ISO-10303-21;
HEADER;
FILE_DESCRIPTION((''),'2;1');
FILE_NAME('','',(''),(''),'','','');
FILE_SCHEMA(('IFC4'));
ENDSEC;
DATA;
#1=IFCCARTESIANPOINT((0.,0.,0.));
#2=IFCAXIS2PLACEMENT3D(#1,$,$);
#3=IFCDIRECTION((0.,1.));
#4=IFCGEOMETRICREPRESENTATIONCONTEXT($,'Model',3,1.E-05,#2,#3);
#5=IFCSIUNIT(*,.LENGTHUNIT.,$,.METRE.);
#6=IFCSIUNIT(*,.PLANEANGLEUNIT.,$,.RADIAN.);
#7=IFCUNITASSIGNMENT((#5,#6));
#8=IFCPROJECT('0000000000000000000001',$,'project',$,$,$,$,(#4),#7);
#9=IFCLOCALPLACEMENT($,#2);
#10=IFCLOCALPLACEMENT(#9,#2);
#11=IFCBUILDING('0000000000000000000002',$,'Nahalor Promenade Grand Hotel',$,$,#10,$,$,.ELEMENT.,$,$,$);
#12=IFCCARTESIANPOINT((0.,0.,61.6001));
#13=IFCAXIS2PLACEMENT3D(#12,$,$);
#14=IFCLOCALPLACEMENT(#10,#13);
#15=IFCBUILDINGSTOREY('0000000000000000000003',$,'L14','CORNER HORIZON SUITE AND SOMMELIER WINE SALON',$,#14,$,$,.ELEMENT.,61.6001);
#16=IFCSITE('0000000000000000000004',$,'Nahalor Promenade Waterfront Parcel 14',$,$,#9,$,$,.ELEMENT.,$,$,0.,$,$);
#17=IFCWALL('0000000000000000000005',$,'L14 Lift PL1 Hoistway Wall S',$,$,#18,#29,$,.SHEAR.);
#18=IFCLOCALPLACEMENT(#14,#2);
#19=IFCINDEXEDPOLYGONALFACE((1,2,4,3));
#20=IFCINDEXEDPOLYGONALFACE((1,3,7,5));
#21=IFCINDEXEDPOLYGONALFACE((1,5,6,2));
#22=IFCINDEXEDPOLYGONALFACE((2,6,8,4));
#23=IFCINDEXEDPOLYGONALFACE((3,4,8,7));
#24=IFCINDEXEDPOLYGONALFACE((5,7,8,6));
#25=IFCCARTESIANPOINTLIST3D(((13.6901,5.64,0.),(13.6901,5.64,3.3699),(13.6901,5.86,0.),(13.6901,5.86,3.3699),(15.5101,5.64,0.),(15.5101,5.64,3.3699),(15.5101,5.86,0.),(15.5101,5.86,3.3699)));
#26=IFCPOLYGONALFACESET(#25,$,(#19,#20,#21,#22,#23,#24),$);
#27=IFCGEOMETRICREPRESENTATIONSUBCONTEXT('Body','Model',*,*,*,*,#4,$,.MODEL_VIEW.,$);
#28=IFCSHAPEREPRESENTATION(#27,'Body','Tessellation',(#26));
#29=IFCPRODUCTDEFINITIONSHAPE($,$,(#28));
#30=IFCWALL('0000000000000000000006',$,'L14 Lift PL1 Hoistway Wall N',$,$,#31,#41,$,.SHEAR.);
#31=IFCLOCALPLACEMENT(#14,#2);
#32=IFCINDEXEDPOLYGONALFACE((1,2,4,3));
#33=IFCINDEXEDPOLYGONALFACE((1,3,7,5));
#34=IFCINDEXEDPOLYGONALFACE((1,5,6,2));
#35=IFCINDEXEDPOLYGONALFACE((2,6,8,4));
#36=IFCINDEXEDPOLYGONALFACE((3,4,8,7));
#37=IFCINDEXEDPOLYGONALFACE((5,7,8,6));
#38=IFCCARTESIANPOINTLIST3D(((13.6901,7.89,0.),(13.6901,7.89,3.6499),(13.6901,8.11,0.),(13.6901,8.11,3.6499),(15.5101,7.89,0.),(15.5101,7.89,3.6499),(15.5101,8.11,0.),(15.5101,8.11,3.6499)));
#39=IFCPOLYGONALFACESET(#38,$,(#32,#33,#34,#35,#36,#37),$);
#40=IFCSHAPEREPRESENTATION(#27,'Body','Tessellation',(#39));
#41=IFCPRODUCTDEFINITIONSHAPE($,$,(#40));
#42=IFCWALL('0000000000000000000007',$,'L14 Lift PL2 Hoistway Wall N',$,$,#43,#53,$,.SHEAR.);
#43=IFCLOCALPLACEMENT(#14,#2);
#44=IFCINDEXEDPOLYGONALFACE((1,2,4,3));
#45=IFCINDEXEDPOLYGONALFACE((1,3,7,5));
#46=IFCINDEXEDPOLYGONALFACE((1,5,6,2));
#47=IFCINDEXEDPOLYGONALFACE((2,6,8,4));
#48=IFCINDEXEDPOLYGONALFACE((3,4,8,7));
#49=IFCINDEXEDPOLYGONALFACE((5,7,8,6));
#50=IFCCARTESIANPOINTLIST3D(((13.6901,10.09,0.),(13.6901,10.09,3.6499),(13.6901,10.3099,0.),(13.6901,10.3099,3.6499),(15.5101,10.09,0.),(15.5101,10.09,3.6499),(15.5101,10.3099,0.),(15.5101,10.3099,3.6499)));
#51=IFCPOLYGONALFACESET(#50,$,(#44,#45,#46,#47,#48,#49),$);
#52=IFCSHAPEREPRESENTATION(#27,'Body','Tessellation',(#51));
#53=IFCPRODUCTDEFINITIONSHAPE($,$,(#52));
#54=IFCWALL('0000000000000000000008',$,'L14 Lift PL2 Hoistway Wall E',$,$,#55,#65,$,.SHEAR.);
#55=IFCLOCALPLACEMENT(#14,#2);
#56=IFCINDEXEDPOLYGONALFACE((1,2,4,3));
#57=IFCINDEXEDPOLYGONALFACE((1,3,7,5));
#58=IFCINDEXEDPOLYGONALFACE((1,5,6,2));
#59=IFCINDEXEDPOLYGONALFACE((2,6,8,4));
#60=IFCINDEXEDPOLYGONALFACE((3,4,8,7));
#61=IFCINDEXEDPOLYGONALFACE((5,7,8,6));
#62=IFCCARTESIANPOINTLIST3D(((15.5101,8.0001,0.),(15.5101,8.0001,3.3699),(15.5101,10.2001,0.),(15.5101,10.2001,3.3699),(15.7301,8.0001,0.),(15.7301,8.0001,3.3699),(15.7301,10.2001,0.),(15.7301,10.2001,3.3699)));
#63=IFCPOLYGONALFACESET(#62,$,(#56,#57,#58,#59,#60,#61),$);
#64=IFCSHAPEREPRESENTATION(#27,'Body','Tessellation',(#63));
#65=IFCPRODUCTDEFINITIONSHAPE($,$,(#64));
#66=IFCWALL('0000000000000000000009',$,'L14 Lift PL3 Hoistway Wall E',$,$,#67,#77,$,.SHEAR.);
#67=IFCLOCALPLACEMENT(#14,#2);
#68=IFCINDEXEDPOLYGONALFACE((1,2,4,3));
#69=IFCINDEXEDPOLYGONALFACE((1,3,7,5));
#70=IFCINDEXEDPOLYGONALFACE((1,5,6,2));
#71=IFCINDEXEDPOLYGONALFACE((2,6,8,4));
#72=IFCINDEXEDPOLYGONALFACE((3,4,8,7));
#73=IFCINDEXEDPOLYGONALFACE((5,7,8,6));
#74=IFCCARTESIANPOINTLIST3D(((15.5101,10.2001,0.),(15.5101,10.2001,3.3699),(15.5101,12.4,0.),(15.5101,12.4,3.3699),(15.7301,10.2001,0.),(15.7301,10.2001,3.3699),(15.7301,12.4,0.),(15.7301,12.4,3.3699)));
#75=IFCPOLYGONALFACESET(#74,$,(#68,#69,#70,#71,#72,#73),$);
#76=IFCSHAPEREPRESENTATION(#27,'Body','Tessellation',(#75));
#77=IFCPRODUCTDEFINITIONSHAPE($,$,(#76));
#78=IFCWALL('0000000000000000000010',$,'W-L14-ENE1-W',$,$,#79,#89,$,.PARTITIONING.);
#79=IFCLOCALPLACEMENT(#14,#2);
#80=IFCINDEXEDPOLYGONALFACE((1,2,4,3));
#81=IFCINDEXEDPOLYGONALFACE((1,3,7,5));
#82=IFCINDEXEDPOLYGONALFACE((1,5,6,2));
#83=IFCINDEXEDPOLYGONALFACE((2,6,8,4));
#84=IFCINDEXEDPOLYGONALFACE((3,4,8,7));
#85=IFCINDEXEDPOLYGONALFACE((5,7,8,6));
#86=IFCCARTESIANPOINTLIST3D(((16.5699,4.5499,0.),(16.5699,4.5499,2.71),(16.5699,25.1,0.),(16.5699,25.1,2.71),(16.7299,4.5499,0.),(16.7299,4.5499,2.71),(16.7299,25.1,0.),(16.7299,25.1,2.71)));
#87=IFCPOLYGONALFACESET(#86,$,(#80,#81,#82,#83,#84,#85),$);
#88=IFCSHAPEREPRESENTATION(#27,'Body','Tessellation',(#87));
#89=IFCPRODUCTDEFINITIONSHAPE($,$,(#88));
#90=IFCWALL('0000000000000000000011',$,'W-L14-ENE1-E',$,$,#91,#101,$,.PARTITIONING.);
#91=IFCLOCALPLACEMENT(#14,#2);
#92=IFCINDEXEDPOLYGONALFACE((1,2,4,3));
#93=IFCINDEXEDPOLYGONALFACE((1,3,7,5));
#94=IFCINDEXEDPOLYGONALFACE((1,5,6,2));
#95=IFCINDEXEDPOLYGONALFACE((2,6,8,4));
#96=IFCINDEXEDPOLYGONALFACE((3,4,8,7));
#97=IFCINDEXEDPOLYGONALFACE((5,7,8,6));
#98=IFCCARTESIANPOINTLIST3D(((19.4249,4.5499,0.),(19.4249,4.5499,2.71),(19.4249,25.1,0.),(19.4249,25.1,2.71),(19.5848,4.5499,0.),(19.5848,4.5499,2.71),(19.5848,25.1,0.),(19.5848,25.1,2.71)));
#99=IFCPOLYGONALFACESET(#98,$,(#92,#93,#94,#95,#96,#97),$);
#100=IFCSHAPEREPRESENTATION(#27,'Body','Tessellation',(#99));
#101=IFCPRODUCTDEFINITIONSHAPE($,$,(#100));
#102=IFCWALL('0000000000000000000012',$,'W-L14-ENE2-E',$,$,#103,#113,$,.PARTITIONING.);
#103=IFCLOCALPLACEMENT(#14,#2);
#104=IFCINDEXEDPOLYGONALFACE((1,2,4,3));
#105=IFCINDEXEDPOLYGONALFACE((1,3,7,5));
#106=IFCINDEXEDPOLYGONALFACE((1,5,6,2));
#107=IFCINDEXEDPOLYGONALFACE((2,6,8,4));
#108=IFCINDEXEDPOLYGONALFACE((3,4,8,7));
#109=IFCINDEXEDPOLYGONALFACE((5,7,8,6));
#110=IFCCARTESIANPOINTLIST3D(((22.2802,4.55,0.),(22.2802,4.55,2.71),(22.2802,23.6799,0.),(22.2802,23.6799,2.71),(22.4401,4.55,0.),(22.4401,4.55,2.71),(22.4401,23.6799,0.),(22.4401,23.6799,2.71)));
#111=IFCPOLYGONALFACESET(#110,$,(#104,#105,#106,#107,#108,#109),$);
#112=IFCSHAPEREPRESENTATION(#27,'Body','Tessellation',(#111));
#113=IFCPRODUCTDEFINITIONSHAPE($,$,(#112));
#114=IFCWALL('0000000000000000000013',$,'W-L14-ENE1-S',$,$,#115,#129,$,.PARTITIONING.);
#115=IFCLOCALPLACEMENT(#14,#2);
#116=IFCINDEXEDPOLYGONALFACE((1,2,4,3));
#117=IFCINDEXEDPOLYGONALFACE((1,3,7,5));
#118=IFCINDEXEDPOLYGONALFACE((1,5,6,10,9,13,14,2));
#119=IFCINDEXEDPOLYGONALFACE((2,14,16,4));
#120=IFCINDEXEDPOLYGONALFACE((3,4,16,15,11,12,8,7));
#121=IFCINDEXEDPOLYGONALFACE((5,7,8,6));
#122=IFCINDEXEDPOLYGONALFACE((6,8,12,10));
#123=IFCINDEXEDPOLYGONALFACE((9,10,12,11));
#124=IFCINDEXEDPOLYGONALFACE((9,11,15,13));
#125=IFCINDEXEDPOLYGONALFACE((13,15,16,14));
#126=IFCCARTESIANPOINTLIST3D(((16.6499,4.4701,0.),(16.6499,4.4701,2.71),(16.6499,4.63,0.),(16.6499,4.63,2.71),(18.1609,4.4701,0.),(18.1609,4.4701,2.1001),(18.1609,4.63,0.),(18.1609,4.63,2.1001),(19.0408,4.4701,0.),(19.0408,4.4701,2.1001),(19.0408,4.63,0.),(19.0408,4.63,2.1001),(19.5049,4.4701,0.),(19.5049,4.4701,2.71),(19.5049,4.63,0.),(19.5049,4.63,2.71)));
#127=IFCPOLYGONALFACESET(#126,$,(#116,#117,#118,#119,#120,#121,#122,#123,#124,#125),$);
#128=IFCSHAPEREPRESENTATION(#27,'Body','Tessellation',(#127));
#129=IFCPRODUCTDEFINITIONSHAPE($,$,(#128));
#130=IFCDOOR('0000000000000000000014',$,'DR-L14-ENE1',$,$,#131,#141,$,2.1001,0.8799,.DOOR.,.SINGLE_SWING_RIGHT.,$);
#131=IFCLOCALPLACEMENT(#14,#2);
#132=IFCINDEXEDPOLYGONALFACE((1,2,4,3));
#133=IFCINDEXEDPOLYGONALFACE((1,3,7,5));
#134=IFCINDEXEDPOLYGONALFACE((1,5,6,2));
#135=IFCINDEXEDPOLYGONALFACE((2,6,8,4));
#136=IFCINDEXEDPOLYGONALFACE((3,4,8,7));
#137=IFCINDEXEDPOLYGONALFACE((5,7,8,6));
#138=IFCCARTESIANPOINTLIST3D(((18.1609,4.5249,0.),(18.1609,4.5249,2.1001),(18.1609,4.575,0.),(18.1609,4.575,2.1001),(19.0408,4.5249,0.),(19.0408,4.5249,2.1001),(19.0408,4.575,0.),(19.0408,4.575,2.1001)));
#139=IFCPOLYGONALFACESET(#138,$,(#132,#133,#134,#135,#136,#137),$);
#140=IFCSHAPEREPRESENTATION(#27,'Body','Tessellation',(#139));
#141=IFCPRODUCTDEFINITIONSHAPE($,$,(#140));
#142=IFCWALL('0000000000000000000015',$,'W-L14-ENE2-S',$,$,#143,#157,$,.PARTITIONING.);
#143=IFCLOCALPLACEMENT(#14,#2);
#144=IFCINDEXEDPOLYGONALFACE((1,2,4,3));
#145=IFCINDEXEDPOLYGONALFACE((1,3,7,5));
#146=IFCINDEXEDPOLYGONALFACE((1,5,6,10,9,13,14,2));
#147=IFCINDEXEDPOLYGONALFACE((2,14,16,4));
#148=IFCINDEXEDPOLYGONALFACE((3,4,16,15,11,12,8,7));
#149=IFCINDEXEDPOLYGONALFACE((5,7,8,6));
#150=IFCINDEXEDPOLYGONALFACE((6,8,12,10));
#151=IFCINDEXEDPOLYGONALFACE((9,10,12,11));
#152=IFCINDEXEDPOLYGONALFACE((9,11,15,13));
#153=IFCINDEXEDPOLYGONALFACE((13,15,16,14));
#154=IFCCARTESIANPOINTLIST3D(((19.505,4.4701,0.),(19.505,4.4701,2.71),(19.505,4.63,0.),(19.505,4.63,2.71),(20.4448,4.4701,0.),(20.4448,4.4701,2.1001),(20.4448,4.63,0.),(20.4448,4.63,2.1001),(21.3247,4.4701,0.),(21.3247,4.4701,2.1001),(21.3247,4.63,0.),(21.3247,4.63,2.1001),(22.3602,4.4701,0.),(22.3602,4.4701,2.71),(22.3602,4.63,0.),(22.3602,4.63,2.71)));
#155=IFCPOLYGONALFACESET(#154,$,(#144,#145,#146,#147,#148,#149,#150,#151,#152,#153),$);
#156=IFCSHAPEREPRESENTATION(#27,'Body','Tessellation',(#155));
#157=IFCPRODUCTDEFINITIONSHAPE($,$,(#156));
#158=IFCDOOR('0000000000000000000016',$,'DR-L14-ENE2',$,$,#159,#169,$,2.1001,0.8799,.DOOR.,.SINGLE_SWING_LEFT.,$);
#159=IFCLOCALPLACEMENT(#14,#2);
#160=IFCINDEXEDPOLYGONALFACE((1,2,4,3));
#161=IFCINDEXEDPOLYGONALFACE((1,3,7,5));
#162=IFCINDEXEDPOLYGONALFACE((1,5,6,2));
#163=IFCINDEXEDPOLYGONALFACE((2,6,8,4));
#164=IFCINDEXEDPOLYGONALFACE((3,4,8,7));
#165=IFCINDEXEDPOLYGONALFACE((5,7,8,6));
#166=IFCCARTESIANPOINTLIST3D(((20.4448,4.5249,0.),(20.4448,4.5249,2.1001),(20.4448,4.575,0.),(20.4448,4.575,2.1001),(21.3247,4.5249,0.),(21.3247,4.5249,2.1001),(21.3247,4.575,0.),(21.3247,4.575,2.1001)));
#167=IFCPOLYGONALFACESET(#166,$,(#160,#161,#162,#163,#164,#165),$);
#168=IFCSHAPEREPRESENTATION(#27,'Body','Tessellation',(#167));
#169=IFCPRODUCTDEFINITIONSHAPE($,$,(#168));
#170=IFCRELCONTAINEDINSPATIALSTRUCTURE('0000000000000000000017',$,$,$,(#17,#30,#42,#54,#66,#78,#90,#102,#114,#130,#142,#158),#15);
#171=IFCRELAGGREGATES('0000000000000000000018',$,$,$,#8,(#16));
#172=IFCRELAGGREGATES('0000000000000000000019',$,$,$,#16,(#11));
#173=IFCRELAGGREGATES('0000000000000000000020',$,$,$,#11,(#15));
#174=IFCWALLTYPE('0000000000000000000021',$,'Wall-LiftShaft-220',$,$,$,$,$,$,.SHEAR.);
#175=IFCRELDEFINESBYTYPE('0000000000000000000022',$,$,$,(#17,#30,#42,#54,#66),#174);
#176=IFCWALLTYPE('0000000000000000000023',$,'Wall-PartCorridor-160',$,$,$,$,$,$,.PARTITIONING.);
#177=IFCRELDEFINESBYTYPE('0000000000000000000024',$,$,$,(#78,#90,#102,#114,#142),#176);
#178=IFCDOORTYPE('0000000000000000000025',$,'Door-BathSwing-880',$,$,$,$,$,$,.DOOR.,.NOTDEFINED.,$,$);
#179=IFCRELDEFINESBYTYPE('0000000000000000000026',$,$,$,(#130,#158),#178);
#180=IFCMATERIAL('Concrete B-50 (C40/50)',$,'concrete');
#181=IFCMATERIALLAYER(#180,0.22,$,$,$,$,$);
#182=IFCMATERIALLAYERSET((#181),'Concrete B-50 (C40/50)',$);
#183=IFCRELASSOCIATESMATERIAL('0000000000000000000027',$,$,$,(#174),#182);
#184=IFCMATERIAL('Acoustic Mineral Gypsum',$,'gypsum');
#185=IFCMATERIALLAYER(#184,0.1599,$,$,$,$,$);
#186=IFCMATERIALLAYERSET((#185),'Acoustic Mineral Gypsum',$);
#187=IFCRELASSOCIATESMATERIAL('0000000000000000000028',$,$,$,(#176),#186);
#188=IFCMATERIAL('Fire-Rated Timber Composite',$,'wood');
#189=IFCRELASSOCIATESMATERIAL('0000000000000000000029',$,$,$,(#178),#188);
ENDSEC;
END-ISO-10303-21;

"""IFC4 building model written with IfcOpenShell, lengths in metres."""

from ifc_helpers import new_model, si_unit, direction, frame, frame_2d, origin, place, context, subcontext, project, spatial, rectangle, extrude, source, transform, mapped, material, layer, layer_set, type_object, element, fill, save


model = new_model("IFC4")

# Units and contexts
model_context = context("Model", 3, precision=1e-05, world=origin(), true_north=direction((0.0, 1.0)))
body_context = subcontext(model_context, "Body", "Model", "MODEL_VIEW")
ifc_project = project(units=[si_unit("LENGTHUNIT", "METRE"), si_unit("PLANEANGLEUNIT", "RADIAN")], contexts=[model_context])

# Site, building, storey
site_placement = place(None, origin())
site = spatial("IfcSite", under=ifc_project, at=site_placement, Name="Nahalor Promenade Waterfront Parcel 14", CompositionType="ELEMENT", RefElevation=0.0)
building_placement = place(site_placement, origin())
building = spatial("IfcBuilding", under=site, at=building_placement, Name="Nahalor Promenade Grand Hotel", CompositionType="ELEMENT")
storey_placement = place(building_placement, frame((0.0, 0.0, 61.6001)))
storey = spatial("IfcBuildingStorey", under=building, at=storey_placement, Name="L14", Description="CORNER HORIZON SUITE AND SOMMELIER WINE SALON", CompositionType="ELEMENT", Elevation=61.6001)

# Walls
ifc_material_1 = material(Name="Concrete B-50 (C40/50)", Category="concrete")
ifc_layer_1 = layer(ifc_material_1, 0.22)
ifc_layer_set_1 = layer_set([ifc_layer_1], Name="Concrete B-50 (C40/50)")
wall_type_1 = type_object("IfcWallType", Name="Wall-LiftShaft-220", PredefinedType="SHEAR", material=ifc_layer_set_1)
shared_shape_1 = source(origin(), body_context, "Body", "SweptSolid", [
    extrude(rectangle(XDim=1.8201, YDim=0.22, at=frame_2d((0.9102, 0.0))), origin(), (0.0, 0.0, 1.0), 3.3699),
])
wall_1_placement = place(storey_placement, frame((13.6899, 5.75, 0.0), z_axis=(0.0, 0.0, 1.0), x_axis=(1.0, 0.0, 0.0)))
element("IfcWall", 1, at=wall_1_placement, inside=storey, type_object=wall_type_1, Name="L14 Lift PL1 Hoistway Wall S", PredefinedType="SHEAR", context=body_context, shape_type="MappedRepresentation", body=[
    mapped(shared_shape_1, transform((0.0, 0.0, 0.0), scale=1.0)),
])
shared_shape_2 = source(origin(), body_context, "Body", "SweptSolid", [
    extrude(rectangle(XDim=1.8201, YDim=0.22, at=frame_2d((0.9102, 0.0))), origin(), (0.0, 0.0, 1.0), 3.6499),
])
for number, where, z_axis, x_axis, name in (
    (2, (13.6899, 8.0, 0.0), (0.0, 0.0, 1.0), (1.0, 0.0, 0.0), "L14 Lift PL1 Hoistway Wall N"),
    (3, (13.6899, 10.2, 0.0), (0.0, 0.0, 1.0), (1.0, 0.0, 0.0), "L14 Lift PL2 Hoistway Wall N"),
):
    element("IfcWall", number, at=place(storey_placement, frame(where, z_axis=z_axis, x_axis=x_axis)), inside=storey, type_object=wall_type_1, Name=name, PredefinedType="SHEAR", context=body_context, shape_type="MappedRepresentation", body=[
        mapped(shared_shape_2, transform((0.0, 0.0, 0.0), scale=1.0)),
    ])
shared_shape_3 = source(origin(), body_context, "Body", "SweptSolid", [
    extrude(rectangle(XDim=2.2, YDim=0.22, at=frame_2d((1.1001, 0.0))), origin(), (0.0, 0.0, 1.0), 3.3699),
])
for number, where, z_axis, x_axis, name in (
    (4, (15.6201, 8.0, 0.0), (0.0, 0.0, 1.0), (0.0, 1.0, 0.0), "L14 Lift PL2 Hoistway Wall E"),
    (5, (15.6201, 10.2, 0.0), (0.0, 0.0, 1.0), (0.0, 1.0, 0.0), "L14 Lift PL3 Hoistway Wall E"),
):
    element("IfcWall", number, at=place(storey_placement, frame(where, z_axis=z_axis, x_axis=x_axis)), inside=storey, type_object=wall_type_1, Name=name, PredefinedType="SHEAR", context=body_context, shape_type="MappedRepresentation", body=[
        mapped(shared_shape_3, transform((0.0, 0.0, 0.0), scale=1.0)),
    ])
ifc_material_2 = material(Name="Acoustic Mineral Gypsum", Category="gypsum")
ifc_layer_2 = layer(ifc_material_2, 0.1599)
ifc_layer_set_2 = layer_set([ifc_layer_2], Name="Acoustic Mineral Gypsum")
wall_type_2 = type_object("IfcWallType", Name="Wall-PartCorridor-160", PredefinedType="PARTITIONING", material=ifc_layer_set_2)
shared_shape_4 = source(origin(), body_context, "Body", "SweptSolid", [
    extrude(rectangle(XDim=20.55, YDim=0.1599, at=frame_2d((10.2749, 0.0))), origin(), (0.0, 0.0, 1.0), 2.71),
])
for number, where, z_axis, x_axis, name in (
    (6, (16.6499, 4.55, 0.0), (0.0, 0.0, 1.0), (0.0, 1.0, 0.0), "W-L14-ENE1-W"),
    (7, (19.5049, 4.55, 0.0), (0.0, 0.0, 1.0), (0.0, 1.0, 0.0), "W-L14-ENE1-E"),
):
    element("IfcWall", number, at=place(storey_placement, frame(where, z_axis=z_axis, x_axis=x_axis)), inside=storey, type_object=wall_type_2, Name=name, PredefinedType="PARTITIONING", context=body_context, shape_type="MappedRepresentation", body=[
        mapped(shared_shape_4, transform((0.0, 0.0, 0.0), scale=1.0)),
    ])
shared_shape_5 = source(origin(), body_context, "Body", "SweptSolid", [
    extrude(rectangle(XDim=19.1299, YDim=0.1599, at=frame_2d((9.5649, 0.0))), origin(), (0.0, 0.0, 1.0), 2.71),
])
wall_2_placement = place(storey_placement, frame((22.3601, 4.55, 0.0), z_axis=(0.0, 0.0, 1.0), x_axis=(0.0, 1.0, 0.0)))
element("IfcWall", 8, at=wall_2_placement, inside=storey, type_object=wall_type_2, Name="W-L14-ENE2-E", PredefinedType="PARTITIONING", context=body_context, shape_type="MappedRepresentation", body=[
    mapped(shared_shape_5, transform((0.0, 0.0, 0.0), scale=1.0)),
])

# Walls, openings, doors
shared_shape_6 = source(origin(), body_context, "Body", "SweptSolid", [
    extrude(rectangle(XDim=2.855, YDim=0.1599, at=frame_2d((1.4275, 0.0))), origin(), (0.0, 0.0, 1.0), 2.71),
])
wall_3_placement = place(storey_placement, frame((16.6499, 4.55, 0.0), z_axis=(0.0, 0.0, 1.0), x_axis=(1.0, 0.0, 0.0)))
wall_3 = element("IfcWall", 9, at=wall_3_placement, inside=storey, type_object=wall_type_2, Name="W-L14-ENE1-S", PredefinedType="PARTITIONING", context=body_context, shape_type="MappedRepresentation", body=[
    mapped(shared_shape_6, transform((0.0, 0.0, 0.0), scale=1.0)),
])
opening_1_placement = place(wall_3_placement, frame((1.511, 0.0, 0.0)))
opening_1 = element("IfcOpeningElement", 10, at=opening_1_placement, cuts=wall_3, PredefinedType="OPENING", context=body_context, shape_type="SweptSolid", body=[
    extrude(rectangle(XDim=0.8799, YDim=2.1001, at=frame_2d((0.4399, 1.05))), frame((0.0, 0.0898, 0.0), z_axis=(0.0, -1.0, 0.0), x_axis=(1.0, 0.0, 0.0)), (0.0, 0.0, 1.0), 0.1799),
])
ifc_material_3 = material(Name="Fire-Rated Timber Composite", Category="wood")
door_type = type_object("IfcDoorType", Name="Door-BathSwing-880", OperationType="NOTDEFINED", PredefinedType="DOOR", material=ifc_material_3)
shared_shape_7 = source(origin(), body_context, "Body", "SweptSolid", [
    extrude(rectangle(XDim=0.8799, YDim=2.1001, at=frame_2d((0.4399, 1.05))), frame((0.0, 0.0249, 0.0), z_axis=(0.0, -1.0, 0.0), x_axis=(1.0, 0.0, 0.0)), (0.0, 0.0, 1.0), 0.05),
])
door_1_placement = place(opening_1_placement, origin())
door_1 = element("IfcDoor", 11, at=door_1_placement, inside=storey, type_object=door_type, Name="DR-L14-ENE1", OperationType="SINGLE_SWING_RIGHT", OverallHeight=2.1001, OverallWidth=0.8799, PredefinedType="DOOR", context=body_context, shape_type="MappedRepresentation", body=[
    mapped(shared_shape_7, transform((0.0, 0.0, 0.0), scale=1.0)),
])
fill(opening_1, door_1)
shared_shape_8 = source(origin(), body_context, "Body", "SweptSolid", [
    extrude(rectangle(XDim=2.8552, YDim=0.1599, at=frame_2d((1.4277, 0.0))), origin(), (0.0, 0.0, 1.0), 2.71),
])
wall_4_placement = place(storey_placement, frame((19.5049, 4.55, 0.0), z_axis=(0.0, 0.0, 1.0), x_axis=(1.0, 0.0, 0.0)))
wall_4 = element("IfcWall", 12, at=wall_4_placement, inside=storey, type_object=wall_type_2, Name="W-L14-ENE2-S", PredefinedType="PARTITIONING", context=body_context, shape_type="MappedRepresentation", body=[
    mapped(shared_shape_8, transform((0.0, 0.0, 0.0), scale=1.0)),
])
opening_2_placement = place(wall_4_placement, frame((0.9399, 0.0, 0.0)))
opening_2 = element("IfcOpeningElement", 13, at=opening_2_placement, cuts=wall_4, PredefinedType="OPENING", context=body_context, shape_type="SweptSolid", body=[
    extrude(rectangle(XDim=0.8799, YDim=2.1001, at=frame_2d((0.4399, 1.05))), frame((0.0, 0.0898, 0.0), z_axis=(0.0, -1.0, 0.0), x_axis=(1.0, 0.0, 0.0)), (0.0, 0.0, 1.0), 0.1799),
])
door_2_placement = place(opening_2_placement, origin())
door_2 = element("IfcDoor", 14, at=door_2_placement, inside=storey, type_object=door_type, Name="DR-L14-ENE2", OperationType="SINGLE_SWING_LEFT", OverallHeight=2.1001, OverallWidth=0.8799, PredefinedType="DOOR", context=body_context, shape_type="MappedRepresentation", body=[
    mapped(shared_shape_7, transform((0.0, 0.0, 0.0), scale=1.0)),
])
fill(opening_2, door_2)

save(model, "model.ifc")
